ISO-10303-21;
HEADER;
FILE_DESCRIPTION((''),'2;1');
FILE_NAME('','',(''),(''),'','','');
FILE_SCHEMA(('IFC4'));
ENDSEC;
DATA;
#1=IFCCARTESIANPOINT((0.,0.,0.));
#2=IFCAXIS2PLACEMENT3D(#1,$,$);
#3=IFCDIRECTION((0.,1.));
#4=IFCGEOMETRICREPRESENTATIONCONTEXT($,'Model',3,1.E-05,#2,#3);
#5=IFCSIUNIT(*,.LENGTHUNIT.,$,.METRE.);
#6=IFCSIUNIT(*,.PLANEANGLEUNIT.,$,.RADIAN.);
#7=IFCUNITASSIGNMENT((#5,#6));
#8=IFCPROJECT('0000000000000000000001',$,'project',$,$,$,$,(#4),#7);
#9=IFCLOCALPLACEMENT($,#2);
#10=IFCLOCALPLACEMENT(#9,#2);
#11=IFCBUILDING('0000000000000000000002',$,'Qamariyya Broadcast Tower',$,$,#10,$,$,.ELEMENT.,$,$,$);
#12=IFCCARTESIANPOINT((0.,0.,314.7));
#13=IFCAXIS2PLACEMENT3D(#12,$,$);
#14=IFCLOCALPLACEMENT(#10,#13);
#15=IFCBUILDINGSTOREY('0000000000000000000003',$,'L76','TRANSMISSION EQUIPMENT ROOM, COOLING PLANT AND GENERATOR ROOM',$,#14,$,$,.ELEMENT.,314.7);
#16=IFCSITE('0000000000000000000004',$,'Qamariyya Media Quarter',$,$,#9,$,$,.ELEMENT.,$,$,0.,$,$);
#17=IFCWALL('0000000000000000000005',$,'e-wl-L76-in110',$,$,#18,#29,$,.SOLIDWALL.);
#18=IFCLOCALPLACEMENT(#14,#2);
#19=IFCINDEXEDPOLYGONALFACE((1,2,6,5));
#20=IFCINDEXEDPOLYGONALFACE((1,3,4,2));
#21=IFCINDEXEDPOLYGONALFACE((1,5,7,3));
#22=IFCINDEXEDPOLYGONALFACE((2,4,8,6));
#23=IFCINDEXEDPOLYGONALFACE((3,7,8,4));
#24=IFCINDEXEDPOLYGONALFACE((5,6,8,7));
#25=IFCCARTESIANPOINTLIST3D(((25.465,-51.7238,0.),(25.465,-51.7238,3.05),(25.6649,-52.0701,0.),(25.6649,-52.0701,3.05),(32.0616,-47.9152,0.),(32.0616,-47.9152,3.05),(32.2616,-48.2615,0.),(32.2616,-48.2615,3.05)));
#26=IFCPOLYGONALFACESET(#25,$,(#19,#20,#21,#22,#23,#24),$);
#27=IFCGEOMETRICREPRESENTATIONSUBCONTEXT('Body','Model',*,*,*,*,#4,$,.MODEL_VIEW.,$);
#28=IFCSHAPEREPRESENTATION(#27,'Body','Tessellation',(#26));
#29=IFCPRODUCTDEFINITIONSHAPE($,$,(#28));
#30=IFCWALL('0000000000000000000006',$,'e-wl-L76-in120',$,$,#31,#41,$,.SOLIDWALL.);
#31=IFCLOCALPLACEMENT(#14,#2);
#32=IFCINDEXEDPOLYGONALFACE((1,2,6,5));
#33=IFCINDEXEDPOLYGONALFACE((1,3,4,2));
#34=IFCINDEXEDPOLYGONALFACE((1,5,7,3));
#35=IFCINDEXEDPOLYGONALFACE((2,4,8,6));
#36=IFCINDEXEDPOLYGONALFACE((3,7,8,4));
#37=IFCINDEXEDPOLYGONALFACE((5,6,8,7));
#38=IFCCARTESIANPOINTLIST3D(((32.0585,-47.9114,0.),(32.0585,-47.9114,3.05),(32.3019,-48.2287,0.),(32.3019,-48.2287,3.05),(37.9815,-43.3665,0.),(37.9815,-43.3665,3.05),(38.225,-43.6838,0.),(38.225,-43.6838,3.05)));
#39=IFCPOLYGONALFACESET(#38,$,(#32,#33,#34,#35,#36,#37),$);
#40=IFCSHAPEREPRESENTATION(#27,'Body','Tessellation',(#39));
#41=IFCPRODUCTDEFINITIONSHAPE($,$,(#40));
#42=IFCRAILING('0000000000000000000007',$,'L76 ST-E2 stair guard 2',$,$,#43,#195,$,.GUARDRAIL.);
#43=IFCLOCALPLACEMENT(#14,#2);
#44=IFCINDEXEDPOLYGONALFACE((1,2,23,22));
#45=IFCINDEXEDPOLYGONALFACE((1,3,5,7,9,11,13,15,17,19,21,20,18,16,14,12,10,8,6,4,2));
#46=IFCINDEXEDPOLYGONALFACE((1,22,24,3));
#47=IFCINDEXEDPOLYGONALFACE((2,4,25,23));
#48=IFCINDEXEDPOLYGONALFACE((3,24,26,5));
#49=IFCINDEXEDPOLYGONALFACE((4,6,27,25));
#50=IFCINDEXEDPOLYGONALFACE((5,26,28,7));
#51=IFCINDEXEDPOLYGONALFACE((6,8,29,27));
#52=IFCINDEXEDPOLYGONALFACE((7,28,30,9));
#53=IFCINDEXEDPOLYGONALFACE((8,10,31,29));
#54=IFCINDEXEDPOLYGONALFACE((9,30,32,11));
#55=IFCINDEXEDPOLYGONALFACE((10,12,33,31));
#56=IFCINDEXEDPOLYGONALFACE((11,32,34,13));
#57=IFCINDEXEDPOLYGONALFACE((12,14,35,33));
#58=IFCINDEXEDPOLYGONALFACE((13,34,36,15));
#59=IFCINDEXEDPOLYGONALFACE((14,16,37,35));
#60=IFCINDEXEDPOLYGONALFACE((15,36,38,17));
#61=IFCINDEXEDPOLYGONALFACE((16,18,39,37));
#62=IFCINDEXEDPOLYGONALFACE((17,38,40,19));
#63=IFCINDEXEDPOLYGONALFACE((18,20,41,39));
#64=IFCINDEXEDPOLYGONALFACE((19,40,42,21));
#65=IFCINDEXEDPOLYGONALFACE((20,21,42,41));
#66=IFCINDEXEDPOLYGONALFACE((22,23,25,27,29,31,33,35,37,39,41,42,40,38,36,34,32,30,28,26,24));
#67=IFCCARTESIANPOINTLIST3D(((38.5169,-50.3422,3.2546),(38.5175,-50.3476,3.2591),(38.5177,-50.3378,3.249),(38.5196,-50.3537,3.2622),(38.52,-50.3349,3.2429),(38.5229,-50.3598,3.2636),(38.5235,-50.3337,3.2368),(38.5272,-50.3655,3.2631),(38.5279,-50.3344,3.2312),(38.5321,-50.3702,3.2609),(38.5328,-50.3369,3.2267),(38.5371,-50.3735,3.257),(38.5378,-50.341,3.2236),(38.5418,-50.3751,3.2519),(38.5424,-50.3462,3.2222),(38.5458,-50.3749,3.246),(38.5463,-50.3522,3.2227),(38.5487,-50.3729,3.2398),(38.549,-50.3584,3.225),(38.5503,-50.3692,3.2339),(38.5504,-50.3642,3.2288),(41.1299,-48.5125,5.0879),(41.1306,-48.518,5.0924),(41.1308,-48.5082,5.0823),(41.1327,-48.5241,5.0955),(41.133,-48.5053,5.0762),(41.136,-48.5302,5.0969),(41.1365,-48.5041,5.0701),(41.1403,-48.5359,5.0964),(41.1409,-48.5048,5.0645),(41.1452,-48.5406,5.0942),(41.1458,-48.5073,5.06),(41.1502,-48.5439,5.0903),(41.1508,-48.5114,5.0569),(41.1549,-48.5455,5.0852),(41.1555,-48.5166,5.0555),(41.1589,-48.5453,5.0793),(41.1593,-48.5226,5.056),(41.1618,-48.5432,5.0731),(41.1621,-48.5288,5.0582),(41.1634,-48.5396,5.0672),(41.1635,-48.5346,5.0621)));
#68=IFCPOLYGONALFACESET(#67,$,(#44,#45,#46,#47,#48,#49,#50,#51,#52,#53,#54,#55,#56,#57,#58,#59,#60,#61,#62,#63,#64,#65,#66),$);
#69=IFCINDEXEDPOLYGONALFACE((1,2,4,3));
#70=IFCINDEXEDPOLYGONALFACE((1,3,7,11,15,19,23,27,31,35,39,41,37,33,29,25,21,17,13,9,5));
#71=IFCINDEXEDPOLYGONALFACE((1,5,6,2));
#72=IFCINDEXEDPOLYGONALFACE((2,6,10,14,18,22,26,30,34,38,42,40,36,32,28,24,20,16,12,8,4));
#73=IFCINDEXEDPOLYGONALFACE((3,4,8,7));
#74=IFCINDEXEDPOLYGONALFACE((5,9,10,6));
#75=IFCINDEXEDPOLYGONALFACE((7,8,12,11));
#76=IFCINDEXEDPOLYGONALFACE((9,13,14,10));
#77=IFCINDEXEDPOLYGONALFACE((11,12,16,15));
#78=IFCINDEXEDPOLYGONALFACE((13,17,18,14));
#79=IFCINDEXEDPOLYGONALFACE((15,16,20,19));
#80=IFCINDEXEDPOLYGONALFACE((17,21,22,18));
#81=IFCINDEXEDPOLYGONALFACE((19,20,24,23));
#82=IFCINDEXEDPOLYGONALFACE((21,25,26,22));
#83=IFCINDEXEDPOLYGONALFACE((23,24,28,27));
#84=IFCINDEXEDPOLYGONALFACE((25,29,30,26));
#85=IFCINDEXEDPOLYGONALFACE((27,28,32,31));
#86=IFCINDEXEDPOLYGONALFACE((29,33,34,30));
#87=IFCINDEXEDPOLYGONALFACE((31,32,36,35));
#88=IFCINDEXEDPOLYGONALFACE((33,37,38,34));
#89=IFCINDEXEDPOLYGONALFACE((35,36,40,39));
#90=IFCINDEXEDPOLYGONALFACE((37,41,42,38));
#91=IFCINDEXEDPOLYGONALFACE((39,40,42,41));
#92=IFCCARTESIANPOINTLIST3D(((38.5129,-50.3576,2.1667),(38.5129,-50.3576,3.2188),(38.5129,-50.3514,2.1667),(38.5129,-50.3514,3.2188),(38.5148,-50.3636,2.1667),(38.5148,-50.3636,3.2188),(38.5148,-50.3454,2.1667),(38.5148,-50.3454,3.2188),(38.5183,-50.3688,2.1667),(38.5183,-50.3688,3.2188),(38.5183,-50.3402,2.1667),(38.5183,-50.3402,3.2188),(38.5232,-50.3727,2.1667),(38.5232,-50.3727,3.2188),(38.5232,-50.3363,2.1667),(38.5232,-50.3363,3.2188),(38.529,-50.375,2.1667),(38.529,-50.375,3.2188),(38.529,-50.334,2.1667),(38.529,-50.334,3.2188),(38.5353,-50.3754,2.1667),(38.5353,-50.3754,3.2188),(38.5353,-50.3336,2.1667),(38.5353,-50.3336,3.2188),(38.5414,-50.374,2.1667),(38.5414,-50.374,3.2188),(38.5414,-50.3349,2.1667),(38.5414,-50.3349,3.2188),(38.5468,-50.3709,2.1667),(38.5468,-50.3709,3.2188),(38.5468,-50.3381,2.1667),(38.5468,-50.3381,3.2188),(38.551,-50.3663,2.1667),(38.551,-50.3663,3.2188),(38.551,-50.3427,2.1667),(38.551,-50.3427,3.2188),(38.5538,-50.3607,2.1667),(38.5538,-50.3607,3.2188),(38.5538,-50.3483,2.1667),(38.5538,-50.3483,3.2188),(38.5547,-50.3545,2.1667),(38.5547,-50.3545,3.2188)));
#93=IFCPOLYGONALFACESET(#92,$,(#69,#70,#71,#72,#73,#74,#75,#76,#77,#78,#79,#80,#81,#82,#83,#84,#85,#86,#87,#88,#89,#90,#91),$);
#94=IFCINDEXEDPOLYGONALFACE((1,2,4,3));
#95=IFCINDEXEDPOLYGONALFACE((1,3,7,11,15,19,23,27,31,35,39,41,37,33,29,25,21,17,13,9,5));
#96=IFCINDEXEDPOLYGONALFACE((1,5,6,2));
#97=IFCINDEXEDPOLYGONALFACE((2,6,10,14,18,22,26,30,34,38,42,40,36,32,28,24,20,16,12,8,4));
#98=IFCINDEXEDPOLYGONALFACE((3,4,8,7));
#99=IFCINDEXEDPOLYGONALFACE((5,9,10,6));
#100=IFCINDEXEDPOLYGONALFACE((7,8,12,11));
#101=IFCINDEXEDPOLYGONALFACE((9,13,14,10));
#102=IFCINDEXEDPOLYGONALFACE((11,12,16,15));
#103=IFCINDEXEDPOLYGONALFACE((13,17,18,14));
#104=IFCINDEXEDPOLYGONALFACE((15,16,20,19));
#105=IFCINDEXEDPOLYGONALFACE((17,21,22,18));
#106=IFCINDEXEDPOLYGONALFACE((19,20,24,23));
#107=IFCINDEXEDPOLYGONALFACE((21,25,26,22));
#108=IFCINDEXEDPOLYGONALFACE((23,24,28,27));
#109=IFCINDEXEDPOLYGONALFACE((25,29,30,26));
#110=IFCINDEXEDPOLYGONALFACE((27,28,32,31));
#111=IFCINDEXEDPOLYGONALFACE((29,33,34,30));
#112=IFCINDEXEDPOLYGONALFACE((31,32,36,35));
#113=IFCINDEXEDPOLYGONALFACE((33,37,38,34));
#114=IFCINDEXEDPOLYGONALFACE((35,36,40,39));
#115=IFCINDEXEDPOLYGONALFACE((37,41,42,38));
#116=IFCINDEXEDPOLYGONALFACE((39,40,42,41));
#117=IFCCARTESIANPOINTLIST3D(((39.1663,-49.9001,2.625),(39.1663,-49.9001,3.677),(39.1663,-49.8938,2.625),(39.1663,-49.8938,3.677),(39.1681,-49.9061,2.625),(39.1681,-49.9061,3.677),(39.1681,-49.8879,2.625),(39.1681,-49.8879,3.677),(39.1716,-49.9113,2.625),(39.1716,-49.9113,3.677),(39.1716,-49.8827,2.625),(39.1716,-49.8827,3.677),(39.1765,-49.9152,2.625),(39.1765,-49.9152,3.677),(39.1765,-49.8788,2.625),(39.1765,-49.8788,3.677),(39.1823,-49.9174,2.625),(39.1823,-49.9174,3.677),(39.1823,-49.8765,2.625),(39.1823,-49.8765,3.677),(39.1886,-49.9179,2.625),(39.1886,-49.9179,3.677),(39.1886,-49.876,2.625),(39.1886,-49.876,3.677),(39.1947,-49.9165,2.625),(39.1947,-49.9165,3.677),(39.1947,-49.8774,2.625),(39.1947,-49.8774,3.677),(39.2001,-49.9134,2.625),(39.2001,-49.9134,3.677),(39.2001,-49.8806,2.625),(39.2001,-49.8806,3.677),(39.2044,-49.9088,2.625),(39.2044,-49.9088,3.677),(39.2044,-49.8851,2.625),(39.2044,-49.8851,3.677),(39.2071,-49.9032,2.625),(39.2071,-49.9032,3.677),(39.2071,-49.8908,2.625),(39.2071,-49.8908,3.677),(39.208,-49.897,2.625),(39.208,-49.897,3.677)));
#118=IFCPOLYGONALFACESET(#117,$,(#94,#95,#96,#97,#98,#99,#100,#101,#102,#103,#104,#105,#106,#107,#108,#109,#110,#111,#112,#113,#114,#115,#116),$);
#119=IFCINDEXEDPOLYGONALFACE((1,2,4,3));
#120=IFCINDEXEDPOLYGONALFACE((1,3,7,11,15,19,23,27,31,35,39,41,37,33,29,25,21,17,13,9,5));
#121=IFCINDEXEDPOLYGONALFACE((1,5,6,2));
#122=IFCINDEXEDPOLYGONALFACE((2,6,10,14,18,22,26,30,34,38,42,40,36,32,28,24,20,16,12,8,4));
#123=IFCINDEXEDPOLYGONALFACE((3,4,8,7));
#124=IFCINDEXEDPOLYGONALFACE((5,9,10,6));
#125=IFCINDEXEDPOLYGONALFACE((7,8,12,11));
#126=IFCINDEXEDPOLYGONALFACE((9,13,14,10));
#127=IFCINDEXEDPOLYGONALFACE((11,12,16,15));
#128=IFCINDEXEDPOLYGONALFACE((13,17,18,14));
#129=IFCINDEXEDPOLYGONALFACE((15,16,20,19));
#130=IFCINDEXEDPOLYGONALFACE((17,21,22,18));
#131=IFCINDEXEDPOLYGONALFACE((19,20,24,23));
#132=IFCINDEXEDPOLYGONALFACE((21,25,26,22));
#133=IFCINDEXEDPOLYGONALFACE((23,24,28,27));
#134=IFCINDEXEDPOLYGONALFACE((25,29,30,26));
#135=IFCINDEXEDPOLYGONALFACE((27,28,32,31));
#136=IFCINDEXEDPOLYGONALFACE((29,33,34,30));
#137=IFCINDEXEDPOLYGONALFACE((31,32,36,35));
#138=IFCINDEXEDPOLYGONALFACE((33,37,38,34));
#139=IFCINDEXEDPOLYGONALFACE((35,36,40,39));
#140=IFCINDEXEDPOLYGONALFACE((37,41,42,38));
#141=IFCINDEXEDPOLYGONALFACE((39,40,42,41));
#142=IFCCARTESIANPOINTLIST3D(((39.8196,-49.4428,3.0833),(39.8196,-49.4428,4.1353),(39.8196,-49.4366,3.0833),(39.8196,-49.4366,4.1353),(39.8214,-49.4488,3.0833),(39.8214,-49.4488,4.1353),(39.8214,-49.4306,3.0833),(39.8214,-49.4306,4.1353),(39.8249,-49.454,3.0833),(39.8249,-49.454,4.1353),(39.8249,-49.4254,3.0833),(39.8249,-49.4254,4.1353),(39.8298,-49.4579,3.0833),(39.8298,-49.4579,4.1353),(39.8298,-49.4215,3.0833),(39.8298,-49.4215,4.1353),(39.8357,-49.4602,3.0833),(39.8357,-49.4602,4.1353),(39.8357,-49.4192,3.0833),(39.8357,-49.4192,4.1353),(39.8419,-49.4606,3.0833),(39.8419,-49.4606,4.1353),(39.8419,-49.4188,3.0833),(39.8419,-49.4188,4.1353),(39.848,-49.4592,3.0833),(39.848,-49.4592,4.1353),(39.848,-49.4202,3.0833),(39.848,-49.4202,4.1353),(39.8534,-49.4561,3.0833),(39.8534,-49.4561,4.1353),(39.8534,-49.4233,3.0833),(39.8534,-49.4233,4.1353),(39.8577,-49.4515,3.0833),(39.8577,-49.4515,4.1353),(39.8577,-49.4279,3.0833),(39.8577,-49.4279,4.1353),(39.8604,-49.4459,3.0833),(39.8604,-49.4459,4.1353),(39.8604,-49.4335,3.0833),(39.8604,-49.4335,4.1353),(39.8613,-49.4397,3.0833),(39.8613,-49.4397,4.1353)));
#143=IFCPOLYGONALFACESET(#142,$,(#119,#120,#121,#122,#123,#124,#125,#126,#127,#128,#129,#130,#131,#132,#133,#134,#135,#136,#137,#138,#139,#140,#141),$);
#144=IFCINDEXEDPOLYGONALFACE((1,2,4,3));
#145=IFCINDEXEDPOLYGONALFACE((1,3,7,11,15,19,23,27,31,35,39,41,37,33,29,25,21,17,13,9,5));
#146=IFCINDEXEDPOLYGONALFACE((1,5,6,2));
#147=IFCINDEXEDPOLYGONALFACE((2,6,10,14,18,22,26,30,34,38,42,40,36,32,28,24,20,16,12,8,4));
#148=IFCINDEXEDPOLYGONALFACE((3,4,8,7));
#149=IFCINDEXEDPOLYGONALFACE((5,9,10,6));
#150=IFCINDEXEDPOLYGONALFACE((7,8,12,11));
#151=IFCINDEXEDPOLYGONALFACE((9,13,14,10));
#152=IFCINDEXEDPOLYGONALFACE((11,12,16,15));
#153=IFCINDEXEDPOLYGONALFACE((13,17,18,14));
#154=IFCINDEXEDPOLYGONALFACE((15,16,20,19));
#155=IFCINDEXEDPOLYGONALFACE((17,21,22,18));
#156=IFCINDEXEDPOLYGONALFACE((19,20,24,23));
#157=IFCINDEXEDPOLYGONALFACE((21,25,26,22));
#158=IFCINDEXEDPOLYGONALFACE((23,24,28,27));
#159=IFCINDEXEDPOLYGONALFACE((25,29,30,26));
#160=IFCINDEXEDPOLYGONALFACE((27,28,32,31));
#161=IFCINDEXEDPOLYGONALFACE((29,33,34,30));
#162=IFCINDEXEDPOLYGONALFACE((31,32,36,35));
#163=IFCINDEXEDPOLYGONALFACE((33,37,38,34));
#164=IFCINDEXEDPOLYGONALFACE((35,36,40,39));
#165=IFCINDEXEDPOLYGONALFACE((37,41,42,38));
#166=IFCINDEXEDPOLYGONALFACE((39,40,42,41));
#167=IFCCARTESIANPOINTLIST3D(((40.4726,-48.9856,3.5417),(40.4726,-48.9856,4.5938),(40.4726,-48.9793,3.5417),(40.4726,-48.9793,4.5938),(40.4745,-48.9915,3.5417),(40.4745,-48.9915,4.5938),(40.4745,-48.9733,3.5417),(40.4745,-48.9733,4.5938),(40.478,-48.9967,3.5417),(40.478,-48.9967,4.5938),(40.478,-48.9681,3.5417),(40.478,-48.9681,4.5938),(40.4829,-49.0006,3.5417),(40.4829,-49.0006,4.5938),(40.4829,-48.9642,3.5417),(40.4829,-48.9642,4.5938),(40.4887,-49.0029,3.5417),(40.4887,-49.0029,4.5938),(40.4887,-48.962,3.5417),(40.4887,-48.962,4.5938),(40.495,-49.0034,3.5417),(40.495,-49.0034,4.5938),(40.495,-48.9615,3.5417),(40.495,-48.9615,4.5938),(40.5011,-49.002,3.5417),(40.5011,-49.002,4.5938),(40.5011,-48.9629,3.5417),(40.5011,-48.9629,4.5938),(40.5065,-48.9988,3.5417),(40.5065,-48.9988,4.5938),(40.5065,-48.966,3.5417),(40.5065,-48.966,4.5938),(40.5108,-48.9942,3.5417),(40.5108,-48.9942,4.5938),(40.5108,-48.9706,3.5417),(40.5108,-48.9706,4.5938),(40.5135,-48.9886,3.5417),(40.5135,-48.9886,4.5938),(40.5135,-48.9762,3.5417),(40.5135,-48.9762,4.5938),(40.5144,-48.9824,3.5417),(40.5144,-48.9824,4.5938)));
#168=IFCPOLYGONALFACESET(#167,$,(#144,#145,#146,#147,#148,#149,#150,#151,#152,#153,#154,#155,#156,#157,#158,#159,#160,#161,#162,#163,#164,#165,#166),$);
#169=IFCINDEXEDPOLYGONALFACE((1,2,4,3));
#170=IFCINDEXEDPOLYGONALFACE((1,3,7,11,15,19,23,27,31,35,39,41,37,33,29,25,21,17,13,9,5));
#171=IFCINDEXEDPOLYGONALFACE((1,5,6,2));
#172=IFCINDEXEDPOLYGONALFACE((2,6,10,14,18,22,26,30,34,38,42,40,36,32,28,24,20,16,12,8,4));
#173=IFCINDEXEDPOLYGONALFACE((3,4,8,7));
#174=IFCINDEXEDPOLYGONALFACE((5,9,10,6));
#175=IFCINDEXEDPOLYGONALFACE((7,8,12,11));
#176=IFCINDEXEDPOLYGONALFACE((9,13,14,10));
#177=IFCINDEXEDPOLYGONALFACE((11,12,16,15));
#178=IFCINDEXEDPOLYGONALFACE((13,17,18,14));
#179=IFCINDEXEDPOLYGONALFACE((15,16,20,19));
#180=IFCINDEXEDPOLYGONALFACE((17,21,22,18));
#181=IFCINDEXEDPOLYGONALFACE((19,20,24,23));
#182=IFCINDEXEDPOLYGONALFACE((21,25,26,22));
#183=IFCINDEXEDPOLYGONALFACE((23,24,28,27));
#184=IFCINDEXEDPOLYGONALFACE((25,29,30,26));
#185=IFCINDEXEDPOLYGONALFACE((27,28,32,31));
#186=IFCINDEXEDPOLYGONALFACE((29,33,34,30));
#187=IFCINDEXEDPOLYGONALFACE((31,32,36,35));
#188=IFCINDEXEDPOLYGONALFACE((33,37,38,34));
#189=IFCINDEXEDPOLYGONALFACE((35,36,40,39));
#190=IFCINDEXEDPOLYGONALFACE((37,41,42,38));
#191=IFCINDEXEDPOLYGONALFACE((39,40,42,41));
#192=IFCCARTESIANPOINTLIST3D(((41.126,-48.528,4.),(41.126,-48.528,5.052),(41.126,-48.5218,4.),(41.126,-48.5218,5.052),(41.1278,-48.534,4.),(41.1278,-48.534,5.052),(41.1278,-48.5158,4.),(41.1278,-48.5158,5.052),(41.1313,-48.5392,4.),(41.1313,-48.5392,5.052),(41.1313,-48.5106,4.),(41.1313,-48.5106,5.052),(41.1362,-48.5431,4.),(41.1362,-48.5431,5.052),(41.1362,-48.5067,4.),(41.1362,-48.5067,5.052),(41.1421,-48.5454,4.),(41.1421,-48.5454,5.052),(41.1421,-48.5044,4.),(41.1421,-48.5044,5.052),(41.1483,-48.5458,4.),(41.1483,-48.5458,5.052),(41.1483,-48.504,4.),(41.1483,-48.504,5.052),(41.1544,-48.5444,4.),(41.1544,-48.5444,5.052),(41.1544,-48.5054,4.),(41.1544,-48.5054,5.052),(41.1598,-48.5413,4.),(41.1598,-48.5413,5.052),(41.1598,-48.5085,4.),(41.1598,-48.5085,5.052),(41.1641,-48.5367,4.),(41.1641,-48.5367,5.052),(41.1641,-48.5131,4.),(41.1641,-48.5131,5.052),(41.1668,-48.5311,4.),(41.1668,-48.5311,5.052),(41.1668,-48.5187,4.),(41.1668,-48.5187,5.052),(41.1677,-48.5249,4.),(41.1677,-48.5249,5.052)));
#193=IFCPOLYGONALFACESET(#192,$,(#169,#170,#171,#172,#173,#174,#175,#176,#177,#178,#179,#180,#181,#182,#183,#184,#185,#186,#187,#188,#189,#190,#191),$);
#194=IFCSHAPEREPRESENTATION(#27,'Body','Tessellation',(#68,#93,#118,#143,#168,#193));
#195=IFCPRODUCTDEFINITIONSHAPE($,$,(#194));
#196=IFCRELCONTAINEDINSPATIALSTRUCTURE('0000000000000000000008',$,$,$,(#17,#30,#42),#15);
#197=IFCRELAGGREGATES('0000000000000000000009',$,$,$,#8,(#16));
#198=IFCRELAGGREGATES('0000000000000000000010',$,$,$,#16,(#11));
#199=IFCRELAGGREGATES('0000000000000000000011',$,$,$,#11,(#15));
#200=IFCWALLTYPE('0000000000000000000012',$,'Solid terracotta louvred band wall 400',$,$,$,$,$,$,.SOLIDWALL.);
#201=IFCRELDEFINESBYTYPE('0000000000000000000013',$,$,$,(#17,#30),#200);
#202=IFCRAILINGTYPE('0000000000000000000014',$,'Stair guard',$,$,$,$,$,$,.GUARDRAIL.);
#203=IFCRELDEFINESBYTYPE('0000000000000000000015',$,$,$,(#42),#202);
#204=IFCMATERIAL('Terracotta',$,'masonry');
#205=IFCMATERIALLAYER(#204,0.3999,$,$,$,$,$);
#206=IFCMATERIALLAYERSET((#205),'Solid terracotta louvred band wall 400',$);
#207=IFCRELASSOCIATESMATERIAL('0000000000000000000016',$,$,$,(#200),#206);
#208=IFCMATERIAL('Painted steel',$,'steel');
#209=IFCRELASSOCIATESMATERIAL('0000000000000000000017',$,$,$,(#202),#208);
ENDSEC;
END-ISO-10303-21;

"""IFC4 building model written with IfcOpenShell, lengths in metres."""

from ifc_helpers import new_model, si_unit, direction, frame, frame_2d, origin, origin_2d, place, context, subcontext, project, spatial, rectangle, circle, extrude, material, layer, layer_set, type_object, element, save


model = new_model("IFC4")

# Units and contexts
model_context = context("Model", 3, precision=1e-05, world=origin(), true_north=direction((0.0, 1.0)))
body_context = subcontext(model_context, "Body", "Model", "MODEL_VIEW")
ifc_project = project(units=[si_unit("LENGTHUNIT", "METRE"), si_unit("PLANEANGLEUNIT", "RADIAN")], contexts=[model_context])

# Site, building, storey
site_placement = place(None, origin())
site = spatial("IfcSite", under=ifc_project, at=site_placement, Name="Qamariyya Media Quarter", CompositionType="ELEMENT", RefElevation=0.0)
building_placement = place(site_placement, origin())
building = spatial("IfcBuilding", under=site, at=building_placement, Name="Qamariyya Broadcast Tower", CompositionType="ELEMENT")
storey_placement = place(building_placement, frame((0.0, 0.0, 314.7)))
storey = spatial("IfcBuildingStorey", under=building, at=storey_placement, Name="L76", Description="TRANSMISSION EQUIPMENT ROOM, COOLING PLANT AND GENERATOR ROOM", CompositionType="ELEMENT", Elevation=314.7)

# Walls
ifc_material_1 = material(Name="Terracotta", Category="masonry")
ifc_layer_1 = layer(ifc_material_1, 0.3999)
ifc_layer_set_1 = layer_set([ifc_layer_1], Name="Solid terracotta louvred band wall 400")
wall_type = type_object("IfcWallType", Name="Solid terracotta louvred band wall 400", PredefinedType="SOLIDWALL", material=ifc_layer_set_1)
wall_1_placement = place(storey_placement, frame((32.1616, -48.0884, 0.0), z_axis=(0.0, 0.0, 1.0), x_axis=(-0.866025, -0.5, 0.0)))
element("IfcWall", 1, at=wall_1_placement, inside=storey, type_object=wall_type, Name="e-wl-L76-in110", PredefinedType="SOLIDWALL", context=body_context, shape_type="SweptSolid", body=[
    extrude(rectangle(XDim=7.6172, YDim=0.3999, at=frame_2d((3.8086, 0.0))), origin(), (0.0, 0.0, 1.0), 3.05),
])
wall_2_placement = place(storey_placement, frame((38.1033, -43.5251, 0.0), z_axis=(0.0, 0.0, 1.0), x_axis=(-0.793355, -0.608759, 0.0)))
element("IfcWall", 2, at=wall_2_placement, inside=storey, type_object=wall_type, Name="e-wl-L76-in120", PredefinedType="SOLIDWALL", context=body_context, shape_type="SweptSolid", body=[
    extrude(rectangle(XDim=7.4658, YDim=0.3999, at=frame_2d((3.7329, 0.0))), origin(), (0.0, 0.0, 1.0), 3.05),
])

# Railing
ifc_material_2 = material(Name="Painted steel", Category="steel")
railing_type = type_object("IfcRailingType", Name="Stair guard", PredefinedType="GUARDRAIL", material=ifc_material_2)
railing_placement = place(storey_placement, frame((38.5337, -50.3545, 2.1667)))
element("IfcRailing", 3, at=railing_placement, inside=storey, type_object=railing_type, Name="L76 ST-E2 stair guard 2", PredefinedType="GUARDRAIL", context=body_context, shape_type="SweptSolid", body=[
    extrude(circle(Radius=0.0239, at=origin_2d()), frame((0.0, 0.0, 1.0762), z_axis=(0.710228, 0.497285, 0.498281), x_axis=(-0.57356, 0.819164, 0.0)), (0.0, 0.0, 1.0), 3.6792),
    extrude(circle(Radius=0.021, at=origin_2d()), origin(), (0.0, 0.0, 1.0), 1.052),
    extrude(circle(Radius=0.021, at=origin_2d()), frame((0.6533, 0.4575, 0.4583)), (0.0, 0.0, 1.0), 1.052),
    extrude(circle(Radius=0.021, at=origin_2d()), frame((1.3066, 0.9148, 0.9165)), (0.0, 0.0, 1.0), 1.052),
    extrude(circle(Radius=0.021, at=origin_2d()), frame((1.9597, 1.3721, 1.375)), (0.0, 0.0, 1.0), 1.052),
    extrude(circle(Radius=0.021, at=origin_2d()), frame((2.613, 1.8296, 1.8333)), (0.0, 0.0, 1.0), 1.052),
])

save(model, "model.ifc")
